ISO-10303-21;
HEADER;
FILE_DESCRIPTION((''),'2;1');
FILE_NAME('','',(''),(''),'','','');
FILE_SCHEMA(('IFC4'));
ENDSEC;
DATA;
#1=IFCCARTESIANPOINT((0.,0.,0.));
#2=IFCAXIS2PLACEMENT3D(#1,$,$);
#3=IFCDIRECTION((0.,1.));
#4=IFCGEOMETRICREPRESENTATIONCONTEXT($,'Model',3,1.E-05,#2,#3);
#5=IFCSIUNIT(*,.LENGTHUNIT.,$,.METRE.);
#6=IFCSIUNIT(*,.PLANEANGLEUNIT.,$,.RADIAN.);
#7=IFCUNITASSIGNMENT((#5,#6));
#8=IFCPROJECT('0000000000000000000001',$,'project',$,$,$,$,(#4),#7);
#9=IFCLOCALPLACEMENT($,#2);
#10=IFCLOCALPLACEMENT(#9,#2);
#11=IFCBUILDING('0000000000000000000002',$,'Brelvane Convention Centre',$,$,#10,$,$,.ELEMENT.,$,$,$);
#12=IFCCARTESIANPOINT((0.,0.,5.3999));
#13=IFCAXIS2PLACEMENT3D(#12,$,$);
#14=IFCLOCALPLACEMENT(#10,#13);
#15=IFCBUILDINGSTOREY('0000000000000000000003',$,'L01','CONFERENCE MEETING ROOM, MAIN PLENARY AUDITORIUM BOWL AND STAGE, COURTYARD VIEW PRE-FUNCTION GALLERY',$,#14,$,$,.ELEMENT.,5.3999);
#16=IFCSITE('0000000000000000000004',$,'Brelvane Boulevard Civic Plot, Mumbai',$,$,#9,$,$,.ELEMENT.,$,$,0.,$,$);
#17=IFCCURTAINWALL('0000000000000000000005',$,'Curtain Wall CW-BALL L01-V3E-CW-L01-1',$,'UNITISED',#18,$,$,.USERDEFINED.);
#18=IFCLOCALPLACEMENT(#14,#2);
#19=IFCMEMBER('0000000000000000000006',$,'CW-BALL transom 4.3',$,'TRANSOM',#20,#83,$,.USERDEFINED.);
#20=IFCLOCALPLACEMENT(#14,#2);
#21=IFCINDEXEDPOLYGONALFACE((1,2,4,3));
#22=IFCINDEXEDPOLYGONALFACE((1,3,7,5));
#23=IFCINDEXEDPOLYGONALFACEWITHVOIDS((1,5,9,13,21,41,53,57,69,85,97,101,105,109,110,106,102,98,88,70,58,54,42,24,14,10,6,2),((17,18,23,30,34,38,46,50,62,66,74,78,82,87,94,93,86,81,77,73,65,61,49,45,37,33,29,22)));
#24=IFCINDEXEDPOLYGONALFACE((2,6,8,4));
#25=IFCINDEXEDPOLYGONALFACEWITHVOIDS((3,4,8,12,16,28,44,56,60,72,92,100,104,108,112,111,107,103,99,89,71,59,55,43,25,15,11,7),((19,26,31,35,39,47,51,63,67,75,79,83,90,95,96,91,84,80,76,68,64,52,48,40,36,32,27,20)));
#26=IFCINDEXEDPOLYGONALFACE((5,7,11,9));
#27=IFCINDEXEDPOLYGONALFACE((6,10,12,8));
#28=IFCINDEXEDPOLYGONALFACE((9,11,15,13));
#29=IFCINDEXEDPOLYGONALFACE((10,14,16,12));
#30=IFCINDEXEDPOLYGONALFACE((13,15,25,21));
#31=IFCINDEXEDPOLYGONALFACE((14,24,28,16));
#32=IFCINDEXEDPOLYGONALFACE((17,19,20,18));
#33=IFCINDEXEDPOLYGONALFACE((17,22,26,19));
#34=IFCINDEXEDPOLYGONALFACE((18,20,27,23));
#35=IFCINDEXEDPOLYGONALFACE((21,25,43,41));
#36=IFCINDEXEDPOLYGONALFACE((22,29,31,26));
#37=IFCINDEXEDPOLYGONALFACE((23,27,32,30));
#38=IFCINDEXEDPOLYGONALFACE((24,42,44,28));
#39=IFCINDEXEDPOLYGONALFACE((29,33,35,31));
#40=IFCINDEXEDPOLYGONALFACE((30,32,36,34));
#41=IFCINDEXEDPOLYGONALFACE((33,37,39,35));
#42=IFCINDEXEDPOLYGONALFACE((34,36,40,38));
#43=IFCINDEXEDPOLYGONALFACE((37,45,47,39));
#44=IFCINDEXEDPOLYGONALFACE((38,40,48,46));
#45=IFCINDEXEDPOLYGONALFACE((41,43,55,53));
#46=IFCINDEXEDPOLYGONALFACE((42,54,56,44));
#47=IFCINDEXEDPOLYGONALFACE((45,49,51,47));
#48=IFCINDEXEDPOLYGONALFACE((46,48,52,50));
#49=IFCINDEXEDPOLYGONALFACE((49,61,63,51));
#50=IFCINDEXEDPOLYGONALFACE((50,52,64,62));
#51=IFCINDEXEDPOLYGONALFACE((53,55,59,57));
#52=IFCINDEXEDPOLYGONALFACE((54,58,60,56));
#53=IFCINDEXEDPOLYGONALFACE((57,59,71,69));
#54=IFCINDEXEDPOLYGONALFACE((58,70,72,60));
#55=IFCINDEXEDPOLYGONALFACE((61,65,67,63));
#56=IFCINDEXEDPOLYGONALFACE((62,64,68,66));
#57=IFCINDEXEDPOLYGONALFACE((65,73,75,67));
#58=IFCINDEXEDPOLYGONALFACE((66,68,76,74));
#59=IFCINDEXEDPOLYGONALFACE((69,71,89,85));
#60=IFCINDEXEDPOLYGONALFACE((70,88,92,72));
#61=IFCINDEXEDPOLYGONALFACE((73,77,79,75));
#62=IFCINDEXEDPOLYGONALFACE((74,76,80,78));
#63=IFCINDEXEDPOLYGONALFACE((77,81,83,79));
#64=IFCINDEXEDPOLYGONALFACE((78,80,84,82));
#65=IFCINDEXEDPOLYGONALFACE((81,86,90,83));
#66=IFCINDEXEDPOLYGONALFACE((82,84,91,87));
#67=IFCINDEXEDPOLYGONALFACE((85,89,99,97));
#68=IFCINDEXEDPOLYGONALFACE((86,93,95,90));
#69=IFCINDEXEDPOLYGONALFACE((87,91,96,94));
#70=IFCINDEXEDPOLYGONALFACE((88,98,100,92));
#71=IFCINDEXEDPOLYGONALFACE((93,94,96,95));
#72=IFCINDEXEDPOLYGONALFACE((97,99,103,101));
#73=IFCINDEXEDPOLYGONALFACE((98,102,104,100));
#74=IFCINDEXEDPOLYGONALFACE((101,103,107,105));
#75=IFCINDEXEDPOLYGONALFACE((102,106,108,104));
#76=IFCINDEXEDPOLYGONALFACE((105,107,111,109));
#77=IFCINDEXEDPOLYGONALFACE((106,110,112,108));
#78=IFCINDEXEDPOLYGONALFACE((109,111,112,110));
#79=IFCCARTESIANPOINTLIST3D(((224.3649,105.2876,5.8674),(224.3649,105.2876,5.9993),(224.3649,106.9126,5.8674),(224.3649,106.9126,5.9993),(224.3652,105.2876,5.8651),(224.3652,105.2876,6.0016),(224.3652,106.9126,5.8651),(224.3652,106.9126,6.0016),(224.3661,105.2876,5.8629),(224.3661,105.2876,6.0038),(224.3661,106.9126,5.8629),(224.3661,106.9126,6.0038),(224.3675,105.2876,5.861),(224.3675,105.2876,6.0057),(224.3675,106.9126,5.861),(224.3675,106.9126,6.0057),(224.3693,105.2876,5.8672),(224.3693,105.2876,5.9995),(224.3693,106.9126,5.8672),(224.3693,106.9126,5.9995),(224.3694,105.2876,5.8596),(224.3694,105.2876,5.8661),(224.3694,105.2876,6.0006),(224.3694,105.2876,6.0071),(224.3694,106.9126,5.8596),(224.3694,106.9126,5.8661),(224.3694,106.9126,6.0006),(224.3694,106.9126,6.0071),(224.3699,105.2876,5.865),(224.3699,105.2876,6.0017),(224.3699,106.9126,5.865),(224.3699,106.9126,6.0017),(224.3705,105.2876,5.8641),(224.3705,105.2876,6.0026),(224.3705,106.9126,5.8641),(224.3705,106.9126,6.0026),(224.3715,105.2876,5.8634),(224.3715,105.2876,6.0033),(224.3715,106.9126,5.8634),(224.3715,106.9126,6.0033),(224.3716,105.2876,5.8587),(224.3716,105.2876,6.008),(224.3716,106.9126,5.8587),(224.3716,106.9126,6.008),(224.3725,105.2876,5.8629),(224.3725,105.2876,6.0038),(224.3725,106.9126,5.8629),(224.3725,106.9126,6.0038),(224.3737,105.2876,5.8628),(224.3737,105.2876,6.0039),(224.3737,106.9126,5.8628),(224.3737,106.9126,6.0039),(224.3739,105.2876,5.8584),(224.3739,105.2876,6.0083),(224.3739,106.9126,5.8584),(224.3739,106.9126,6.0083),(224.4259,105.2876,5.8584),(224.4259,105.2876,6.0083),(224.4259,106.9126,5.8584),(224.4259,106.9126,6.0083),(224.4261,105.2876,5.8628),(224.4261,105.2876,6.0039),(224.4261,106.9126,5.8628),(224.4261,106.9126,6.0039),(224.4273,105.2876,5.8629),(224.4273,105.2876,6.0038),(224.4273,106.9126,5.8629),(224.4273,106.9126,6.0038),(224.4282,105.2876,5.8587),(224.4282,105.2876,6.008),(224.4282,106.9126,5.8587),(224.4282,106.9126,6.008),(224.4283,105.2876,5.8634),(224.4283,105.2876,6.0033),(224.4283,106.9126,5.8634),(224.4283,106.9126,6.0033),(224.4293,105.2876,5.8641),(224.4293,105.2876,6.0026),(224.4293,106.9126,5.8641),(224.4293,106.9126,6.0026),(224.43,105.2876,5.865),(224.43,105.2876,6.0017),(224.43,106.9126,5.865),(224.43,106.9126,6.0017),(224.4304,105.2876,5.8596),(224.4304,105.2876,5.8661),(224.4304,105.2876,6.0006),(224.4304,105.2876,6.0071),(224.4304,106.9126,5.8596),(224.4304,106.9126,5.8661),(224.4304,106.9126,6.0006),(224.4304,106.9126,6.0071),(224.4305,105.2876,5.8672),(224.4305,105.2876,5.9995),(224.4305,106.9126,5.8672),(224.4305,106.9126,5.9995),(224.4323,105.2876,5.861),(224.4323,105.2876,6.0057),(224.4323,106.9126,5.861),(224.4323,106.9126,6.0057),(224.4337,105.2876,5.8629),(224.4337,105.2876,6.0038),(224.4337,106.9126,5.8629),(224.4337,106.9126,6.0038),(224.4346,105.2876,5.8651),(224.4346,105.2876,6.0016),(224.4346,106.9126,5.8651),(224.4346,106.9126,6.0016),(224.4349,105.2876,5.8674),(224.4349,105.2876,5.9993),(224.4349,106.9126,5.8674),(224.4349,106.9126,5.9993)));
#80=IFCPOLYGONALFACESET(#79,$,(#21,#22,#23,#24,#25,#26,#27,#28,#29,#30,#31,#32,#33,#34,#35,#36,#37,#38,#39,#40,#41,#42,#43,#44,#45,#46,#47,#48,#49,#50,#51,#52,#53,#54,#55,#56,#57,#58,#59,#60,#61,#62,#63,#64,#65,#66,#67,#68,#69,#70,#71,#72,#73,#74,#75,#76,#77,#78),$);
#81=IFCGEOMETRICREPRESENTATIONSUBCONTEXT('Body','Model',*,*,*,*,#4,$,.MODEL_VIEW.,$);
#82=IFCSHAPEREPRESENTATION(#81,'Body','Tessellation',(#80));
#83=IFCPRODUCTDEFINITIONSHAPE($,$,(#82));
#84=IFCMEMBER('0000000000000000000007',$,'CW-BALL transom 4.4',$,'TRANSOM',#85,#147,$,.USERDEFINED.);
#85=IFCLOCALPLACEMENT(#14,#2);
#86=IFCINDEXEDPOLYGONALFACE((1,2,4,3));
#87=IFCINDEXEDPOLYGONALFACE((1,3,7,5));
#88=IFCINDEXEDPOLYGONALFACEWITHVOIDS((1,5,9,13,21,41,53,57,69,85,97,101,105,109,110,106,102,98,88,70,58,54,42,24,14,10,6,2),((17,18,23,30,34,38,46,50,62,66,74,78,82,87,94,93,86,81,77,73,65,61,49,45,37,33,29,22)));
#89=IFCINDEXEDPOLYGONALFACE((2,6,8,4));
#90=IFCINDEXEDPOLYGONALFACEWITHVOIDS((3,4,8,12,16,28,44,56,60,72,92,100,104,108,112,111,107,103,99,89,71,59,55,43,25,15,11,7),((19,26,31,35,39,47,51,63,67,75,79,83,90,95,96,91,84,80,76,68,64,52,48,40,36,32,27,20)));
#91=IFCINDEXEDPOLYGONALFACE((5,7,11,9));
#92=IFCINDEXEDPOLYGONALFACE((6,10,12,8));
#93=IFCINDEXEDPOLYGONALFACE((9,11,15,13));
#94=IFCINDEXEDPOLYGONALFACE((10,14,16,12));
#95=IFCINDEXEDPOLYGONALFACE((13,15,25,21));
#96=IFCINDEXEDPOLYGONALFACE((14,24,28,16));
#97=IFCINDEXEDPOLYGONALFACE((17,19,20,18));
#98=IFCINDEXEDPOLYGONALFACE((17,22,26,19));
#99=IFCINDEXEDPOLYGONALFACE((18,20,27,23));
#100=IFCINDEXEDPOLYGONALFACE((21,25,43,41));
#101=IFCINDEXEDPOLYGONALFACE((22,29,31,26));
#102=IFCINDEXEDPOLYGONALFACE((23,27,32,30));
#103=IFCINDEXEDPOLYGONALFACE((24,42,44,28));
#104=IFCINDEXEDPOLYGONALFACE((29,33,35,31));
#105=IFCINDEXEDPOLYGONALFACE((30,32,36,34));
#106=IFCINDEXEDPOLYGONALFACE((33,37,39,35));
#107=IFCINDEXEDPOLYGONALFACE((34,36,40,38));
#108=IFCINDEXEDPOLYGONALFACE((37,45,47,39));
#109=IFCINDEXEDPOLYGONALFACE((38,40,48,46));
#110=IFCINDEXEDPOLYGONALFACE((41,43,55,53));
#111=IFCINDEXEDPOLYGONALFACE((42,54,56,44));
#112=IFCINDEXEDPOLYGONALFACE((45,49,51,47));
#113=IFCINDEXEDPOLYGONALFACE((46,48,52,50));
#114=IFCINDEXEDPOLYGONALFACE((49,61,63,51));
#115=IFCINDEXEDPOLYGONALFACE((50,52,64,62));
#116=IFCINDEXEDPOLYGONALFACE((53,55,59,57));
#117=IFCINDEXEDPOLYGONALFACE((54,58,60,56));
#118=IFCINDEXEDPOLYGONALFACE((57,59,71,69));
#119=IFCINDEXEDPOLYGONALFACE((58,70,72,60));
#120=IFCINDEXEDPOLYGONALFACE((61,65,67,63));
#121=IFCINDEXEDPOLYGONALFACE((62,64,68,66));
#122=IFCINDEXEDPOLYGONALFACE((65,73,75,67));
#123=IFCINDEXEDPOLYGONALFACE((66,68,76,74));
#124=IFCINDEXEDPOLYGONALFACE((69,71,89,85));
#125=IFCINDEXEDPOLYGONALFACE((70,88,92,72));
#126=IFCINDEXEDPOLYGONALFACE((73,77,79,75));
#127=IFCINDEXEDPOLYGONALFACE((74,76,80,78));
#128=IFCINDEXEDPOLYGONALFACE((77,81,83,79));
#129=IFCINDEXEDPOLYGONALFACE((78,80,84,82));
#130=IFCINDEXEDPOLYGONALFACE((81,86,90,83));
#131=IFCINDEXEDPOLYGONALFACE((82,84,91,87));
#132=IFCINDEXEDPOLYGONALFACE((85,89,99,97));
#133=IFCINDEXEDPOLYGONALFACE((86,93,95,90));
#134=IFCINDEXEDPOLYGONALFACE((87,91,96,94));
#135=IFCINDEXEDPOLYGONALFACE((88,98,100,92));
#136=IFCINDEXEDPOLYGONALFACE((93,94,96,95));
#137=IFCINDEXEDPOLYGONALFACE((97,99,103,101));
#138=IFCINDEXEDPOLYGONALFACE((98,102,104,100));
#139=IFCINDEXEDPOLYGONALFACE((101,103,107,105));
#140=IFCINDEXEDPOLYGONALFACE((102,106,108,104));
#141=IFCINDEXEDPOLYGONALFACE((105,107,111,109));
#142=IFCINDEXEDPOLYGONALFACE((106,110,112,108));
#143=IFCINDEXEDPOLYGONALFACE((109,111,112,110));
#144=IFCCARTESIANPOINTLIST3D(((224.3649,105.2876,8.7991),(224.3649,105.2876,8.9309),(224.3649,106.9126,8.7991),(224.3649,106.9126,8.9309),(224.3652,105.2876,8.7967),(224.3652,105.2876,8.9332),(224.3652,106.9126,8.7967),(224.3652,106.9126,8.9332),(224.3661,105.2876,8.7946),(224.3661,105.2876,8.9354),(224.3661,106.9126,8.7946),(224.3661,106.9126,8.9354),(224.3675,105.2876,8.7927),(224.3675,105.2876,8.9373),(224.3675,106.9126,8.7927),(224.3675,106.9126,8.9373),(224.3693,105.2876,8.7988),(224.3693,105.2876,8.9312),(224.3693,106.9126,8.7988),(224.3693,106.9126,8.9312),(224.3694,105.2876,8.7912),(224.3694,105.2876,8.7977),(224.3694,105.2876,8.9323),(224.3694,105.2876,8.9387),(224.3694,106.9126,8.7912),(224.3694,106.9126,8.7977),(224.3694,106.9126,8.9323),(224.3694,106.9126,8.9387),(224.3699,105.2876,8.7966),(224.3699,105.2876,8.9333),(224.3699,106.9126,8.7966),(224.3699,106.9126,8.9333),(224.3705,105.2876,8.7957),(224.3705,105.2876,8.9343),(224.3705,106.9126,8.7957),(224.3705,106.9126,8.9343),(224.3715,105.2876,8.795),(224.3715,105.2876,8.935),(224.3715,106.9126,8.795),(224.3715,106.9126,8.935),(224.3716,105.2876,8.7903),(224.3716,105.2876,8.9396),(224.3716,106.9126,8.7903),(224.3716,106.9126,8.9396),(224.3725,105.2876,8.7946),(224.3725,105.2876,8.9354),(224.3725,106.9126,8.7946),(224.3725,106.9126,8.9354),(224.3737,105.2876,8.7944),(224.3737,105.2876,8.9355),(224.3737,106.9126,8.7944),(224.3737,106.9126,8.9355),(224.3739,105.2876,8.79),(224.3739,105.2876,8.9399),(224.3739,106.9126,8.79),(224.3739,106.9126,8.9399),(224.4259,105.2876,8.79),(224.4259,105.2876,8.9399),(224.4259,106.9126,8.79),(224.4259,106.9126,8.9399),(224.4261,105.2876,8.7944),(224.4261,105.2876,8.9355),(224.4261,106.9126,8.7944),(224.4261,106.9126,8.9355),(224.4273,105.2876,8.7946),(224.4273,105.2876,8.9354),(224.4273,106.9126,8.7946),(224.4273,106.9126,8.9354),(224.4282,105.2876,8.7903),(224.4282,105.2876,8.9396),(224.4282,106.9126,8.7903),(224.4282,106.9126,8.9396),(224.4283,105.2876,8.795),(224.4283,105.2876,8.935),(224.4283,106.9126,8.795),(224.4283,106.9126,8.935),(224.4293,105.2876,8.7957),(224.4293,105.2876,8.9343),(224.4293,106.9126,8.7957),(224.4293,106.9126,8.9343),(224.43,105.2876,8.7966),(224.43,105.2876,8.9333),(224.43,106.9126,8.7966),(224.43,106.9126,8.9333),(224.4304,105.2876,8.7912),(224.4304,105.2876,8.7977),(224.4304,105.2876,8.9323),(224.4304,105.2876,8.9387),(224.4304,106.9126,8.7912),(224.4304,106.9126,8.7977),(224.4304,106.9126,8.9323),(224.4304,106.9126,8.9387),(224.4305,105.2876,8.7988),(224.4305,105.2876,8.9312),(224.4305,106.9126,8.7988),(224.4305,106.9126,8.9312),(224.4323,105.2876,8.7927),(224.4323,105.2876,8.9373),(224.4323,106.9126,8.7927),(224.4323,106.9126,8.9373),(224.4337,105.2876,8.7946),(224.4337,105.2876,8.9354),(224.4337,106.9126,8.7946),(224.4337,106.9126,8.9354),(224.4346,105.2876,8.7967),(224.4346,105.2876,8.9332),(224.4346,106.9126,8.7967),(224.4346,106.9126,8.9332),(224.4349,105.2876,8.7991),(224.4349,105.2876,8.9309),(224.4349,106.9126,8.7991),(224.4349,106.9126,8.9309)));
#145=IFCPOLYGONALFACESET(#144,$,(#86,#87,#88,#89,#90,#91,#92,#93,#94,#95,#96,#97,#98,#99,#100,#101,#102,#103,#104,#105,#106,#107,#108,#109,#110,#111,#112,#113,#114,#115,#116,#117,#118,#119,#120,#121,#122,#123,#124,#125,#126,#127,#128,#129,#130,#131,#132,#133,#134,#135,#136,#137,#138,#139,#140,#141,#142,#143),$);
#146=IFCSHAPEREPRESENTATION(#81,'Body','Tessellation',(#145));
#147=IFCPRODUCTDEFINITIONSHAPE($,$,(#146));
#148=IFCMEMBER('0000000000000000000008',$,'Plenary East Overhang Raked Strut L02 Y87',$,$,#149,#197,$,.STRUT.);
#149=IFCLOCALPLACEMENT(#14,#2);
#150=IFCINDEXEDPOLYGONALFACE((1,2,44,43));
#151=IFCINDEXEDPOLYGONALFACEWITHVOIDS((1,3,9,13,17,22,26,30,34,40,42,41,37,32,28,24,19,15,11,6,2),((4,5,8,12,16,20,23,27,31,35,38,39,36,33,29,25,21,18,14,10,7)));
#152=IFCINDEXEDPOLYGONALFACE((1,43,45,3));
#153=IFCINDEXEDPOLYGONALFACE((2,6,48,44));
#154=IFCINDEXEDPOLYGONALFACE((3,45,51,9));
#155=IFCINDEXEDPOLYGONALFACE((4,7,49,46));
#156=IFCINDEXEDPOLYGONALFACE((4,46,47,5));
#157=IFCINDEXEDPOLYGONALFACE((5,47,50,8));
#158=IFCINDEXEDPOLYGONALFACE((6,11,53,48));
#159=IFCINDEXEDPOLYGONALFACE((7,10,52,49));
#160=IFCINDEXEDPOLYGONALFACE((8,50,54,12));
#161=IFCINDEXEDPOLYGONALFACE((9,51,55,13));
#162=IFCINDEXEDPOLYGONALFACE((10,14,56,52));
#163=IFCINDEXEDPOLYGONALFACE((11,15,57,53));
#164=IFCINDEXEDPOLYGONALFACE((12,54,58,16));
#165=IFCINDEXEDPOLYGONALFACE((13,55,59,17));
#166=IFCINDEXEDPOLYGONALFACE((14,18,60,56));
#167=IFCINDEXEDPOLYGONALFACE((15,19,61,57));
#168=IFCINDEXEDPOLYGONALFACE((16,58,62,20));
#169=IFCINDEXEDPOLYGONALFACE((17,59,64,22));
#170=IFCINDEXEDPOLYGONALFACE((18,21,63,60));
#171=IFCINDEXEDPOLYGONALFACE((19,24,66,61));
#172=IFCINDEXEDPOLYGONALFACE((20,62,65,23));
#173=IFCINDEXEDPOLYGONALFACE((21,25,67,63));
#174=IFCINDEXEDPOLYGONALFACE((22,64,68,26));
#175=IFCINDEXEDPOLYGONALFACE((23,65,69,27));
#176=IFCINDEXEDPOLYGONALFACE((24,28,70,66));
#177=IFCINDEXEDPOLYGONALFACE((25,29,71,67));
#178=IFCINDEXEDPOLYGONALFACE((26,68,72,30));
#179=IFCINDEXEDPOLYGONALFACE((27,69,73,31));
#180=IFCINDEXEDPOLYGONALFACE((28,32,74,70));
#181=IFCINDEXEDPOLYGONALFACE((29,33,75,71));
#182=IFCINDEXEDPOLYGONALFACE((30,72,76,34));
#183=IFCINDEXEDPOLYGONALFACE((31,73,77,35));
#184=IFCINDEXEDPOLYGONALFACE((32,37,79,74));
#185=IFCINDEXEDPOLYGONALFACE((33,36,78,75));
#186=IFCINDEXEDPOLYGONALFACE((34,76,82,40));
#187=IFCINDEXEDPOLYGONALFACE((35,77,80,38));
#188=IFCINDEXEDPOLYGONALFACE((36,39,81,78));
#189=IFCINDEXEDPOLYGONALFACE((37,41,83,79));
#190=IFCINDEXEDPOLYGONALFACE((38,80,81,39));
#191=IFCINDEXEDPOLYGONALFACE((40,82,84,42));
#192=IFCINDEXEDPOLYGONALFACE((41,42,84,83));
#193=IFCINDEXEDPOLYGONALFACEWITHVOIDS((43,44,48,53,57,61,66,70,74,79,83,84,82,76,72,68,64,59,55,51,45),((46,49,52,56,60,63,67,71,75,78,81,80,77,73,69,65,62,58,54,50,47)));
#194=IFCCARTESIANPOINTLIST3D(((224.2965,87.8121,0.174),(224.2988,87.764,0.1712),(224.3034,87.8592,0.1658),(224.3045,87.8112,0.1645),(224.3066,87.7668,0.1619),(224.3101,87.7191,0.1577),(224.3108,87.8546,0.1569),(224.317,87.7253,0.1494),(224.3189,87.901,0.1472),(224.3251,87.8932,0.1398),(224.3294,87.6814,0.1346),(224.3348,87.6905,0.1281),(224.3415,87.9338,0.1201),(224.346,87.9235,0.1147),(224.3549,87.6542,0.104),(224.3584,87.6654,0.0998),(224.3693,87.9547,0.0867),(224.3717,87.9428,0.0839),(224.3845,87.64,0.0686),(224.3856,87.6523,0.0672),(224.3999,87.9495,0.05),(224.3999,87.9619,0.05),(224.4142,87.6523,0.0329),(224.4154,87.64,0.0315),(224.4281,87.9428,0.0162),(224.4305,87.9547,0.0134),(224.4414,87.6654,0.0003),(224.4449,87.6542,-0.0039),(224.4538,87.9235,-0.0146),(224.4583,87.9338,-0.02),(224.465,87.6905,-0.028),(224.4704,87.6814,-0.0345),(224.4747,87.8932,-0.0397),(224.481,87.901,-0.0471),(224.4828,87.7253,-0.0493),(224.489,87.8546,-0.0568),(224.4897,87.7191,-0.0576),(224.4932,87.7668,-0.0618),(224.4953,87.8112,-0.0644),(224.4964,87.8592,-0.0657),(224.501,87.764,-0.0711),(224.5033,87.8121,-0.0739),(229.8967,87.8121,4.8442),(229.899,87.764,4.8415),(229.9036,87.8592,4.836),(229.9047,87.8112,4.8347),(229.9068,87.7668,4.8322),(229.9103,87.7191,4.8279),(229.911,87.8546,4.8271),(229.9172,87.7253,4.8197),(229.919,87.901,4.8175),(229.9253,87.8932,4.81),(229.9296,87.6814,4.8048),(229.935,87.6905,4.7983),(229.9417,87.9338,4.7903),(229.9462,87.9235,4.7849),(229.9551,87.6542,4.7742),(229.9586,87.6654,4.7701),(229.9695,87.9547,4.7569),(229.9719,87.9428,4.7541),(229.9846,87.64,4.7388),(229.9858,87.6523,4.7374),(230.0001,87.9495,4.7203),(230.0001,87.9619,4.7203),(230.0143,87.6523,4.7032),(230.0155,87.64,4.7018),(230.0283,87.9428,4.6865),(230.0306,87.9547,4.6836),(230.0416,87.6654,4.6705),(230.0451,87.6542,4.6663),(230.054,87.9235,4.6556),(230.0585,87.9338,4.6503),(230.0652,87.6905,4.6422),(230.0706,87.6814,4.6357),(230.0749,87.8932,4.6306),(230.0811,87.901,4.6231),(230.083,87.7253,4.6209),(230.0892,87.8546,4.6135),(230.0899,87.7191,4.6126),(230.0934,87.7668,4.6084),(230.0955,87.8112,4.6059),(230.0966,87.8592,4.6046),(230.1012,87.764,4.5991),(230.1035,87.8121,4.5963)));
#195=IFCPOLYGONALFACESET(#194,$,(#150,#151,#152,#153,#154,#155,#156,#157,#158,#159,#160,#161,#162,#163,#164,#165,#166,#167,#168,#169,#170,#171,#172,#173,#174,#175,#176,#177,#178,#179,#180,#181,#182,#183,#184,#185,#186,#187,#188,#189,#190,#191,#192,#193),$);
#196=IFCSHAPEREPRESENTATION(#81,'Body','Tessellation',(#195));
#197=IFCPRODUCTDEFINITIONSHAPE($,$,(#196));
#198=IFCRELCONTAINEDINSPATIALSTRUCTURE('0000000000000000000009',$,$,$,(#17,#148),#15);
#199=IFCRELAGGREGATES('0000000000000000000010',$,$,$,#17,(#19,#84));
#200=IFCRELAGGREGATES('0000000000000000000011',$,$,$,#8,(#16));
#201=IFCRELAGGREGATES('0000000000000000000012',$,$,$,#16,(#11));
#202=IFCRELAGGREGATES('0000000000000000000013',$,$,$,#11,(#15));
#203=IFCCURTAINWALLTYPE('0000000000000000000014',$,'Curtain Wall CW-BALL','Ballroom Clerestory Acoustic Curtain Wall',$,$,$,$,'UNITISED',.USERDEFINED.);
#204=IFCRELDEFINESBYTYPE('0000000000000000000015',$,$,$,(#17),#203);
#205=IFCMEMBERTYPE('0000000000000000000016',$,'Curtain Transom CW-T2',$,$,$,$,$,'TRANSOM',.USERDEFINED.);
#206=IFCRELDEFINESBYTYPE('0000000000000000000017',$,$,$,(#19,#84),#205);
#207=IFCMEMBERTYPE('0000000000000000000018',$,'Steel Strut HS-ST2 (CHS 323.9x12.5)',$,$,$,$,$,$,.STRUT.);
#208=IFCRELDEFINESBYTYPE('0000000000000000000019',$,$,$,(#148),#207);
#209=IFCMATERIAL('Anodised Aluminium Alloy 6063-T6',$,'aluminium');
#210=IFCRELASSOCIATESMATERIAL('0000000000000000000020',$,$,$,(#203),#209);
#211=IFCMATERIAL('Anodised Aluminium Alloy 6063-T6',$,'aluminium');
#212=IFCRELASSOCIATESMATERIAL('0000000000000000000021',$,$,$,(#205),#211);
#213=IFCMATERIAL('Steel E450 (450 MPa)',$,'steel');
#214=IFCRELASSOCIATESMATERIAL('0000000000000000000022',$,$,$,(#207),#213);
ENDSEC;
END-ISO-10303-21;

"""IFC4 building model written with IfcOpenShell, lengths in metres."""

from ifc_helpers import new_model, si_unit, direction, frame, origin, origin_2d, place, context, subcontext, project, spatial, hollow_rectangle, hollow_circle, extrude, material, material_profile, profile_set, type_object, element, aggregate, save


model = new_model("IFC4")

# Units and contexts
model_context = context("Model", 3, precision=1e-05, world=origin(), true_north=direction((0.0, 1.0)))
body_context = subcontext(model_context, "Body", "Model", "MODEL_VIEW")
ifc_project = project(units=[si_unit("LENGTHUNIT", "METRE"), si_unit("PLANEANGLEUNIT", "RADIAN")], contexts=[model_context])

# Site, building, storey
site_placement = place(None, origin())
site = spatial("IfcSite", under=ifc_project, at=site_placement, Name="Brelvane Boulevard Civic Plot, Mumbai", CompositionType="ELEMENT", RefElevation=0.0)
building_placement = place(site_placement, origin())
building = spatial("IfcBuilding", under=site, at=building_placement, Name="Brelvane Convention Centre", CompositionType="ELEMENT")
storey_placement = place(building_placement, frame((0.0, 0.0, 5.3999)))
storey = spatial("IfcBuildingStorey", under=building, at=storey_placement, Name="L01", Description="CONFERENCE MEETING ROOM, MAIN PLENARY AUDITORIUM BOWL AND STAGE, COURTYARD VIEW PRE-FUNCTION GALLERY", CompositionType="ELEMENT", Elevation=5.3999)

# Curtain wall, members
ifc_material_1 = material(Name="Anodised Aluminium Alloy 6063-T6", Category="aluminium")
curtain_wall_type = type_object("IfcCurtainWallType", Name="Curtain Wall CW-BALL", Description="Ballroom Clerestory Acoustic Curtain Wall", ElementType="UNITISED", PredefinedType="USERDEFINED", material=ifc_material_1)
curtain_wall_placement = place(storey_placement, origin())
curtain_wall = element("IfcCurtainWall", 1, at=curtain_wall_placement, inside=storey, type_object=curtain_wall_type, Name="Curtain Wall CW-BALL L01-V3E-CW-L01-1", ObjectType="UNITISED", PredefinedType="USERDEFINED")
ifc_material_2 = material(Name="Anodised Aluminium Alloy 6063-T6", Category="aluminium")
ifc_material_profile_1 = material_profile(ifc_material_2, hollow_rectangle(XDim=0.0701, YDim=0.1499, WallThickness=0.0044, InnerFilletRadius=0.0044, OuterFilletRadius=0.009, at=origin_2d()), Name="ALU-T 150x70x4.5")
ifc_profile_set_1 = profile_set([ifc_material_profile_1], Name="Anodised Aluminium Alloy 6063-T6")
member_type_1 = type_object("IfcMemberType", Name="Curtain Transom CW-T2", ElementType="TRANSOM", PredefinedType="USERDEFINED", material=ifc_profile_set_1)
member_1_placement = place(storey_placement, frame((224.3999, 105.2876, 5.9333), z_axis=(0.0, 1.0, 0.0), x_axis=(-1.0, 0.0, 0.0)))
member_1 = element("IfcMember", 2, at=member_1_placement, type_object=member_type_1, Name="CW-BALL transom 4.3", ObjectType="TRANSOM", PredefinedType="USERDEFINED", context=body_context, shape_type="SweptSolid", body=[
    extrude(hollow_rectangle(XDim=0.0701, YDim=0.1499, WallThickness=0.0044, InnerFilletRadius=0.0044, OuterFilletRadius=0.009, at=origin_2d()), origin(), (0.0, 0.0, 1.0), 1.625),
])
member_2_placement = place(storey_placement, frame((224.3999, 105.2876, 8.865), z_axis=(0.0, 1.0, 0.0), x_axis=(-1.0, 0.0, 0.0)))
member_2 = element("IfcMember", 3, at=member_2_placement, type_object=member_type_1, Name="CW-BALL transom 4.4", ObjectType="TRANSOM", PredefinedType="USERDEFINED", context=body_context, shape_type="SweptSolid", body=[
    extrude(hollow_rectangle(XDim=0.0701, YDim=0.1499, WallThickness=0.0044, InnerFilletRadius=0.0044, OuterFilletRadius=0.009, at=origin_2d()), origin(), (0.0, 0.0, 1.0), 1.625),
])

# Member
ifc_material_3 = material(Name="Steel E450 (450 MPa)", Category="steel")
ifc_material_profile_2 = material_profile(ifc_material_3, hollow_circle(Radius=0.1619, WallThickness=0.0125, at=origin_2d()), Name="CHS 323.9x12.5")
ifc_profile_set_2 = profile_set([ifc_material_profile_2], Name="Steel E450 (450 MPa)")
member_type_2 = type_object("IfcMemberType", Name="Steel Strut HS-ST2 (CHS 323.9x12.5)", PredefinedType="STRUT", material=ifc_profile_set_2)
member_3_placement = place(storey_placement, frame((224.3999, 87.8, 0.05), z_axis=(0.767991, 0.0, 0.640461), x_axis=(0.0, 1.0, 0.0)))
element("IfcMember", 4, at=member_3_placement, inside=storey, type_object=member_type_2, Name="Plenary East Overhang Raked Strut L02 Y87", PredefinedType="STRUT", context=body_context, shape_type="SweptSolid", body=[
    extrude(hollow_circle(Radius=0.1619, WallThickness=0.0125, at=origin_2d()), origin(), (0.0, 0.0, 1.0), 7.292),
])

aggregate(curtain_wall, [member_1, member_2])

save(model, "model.ifc")
